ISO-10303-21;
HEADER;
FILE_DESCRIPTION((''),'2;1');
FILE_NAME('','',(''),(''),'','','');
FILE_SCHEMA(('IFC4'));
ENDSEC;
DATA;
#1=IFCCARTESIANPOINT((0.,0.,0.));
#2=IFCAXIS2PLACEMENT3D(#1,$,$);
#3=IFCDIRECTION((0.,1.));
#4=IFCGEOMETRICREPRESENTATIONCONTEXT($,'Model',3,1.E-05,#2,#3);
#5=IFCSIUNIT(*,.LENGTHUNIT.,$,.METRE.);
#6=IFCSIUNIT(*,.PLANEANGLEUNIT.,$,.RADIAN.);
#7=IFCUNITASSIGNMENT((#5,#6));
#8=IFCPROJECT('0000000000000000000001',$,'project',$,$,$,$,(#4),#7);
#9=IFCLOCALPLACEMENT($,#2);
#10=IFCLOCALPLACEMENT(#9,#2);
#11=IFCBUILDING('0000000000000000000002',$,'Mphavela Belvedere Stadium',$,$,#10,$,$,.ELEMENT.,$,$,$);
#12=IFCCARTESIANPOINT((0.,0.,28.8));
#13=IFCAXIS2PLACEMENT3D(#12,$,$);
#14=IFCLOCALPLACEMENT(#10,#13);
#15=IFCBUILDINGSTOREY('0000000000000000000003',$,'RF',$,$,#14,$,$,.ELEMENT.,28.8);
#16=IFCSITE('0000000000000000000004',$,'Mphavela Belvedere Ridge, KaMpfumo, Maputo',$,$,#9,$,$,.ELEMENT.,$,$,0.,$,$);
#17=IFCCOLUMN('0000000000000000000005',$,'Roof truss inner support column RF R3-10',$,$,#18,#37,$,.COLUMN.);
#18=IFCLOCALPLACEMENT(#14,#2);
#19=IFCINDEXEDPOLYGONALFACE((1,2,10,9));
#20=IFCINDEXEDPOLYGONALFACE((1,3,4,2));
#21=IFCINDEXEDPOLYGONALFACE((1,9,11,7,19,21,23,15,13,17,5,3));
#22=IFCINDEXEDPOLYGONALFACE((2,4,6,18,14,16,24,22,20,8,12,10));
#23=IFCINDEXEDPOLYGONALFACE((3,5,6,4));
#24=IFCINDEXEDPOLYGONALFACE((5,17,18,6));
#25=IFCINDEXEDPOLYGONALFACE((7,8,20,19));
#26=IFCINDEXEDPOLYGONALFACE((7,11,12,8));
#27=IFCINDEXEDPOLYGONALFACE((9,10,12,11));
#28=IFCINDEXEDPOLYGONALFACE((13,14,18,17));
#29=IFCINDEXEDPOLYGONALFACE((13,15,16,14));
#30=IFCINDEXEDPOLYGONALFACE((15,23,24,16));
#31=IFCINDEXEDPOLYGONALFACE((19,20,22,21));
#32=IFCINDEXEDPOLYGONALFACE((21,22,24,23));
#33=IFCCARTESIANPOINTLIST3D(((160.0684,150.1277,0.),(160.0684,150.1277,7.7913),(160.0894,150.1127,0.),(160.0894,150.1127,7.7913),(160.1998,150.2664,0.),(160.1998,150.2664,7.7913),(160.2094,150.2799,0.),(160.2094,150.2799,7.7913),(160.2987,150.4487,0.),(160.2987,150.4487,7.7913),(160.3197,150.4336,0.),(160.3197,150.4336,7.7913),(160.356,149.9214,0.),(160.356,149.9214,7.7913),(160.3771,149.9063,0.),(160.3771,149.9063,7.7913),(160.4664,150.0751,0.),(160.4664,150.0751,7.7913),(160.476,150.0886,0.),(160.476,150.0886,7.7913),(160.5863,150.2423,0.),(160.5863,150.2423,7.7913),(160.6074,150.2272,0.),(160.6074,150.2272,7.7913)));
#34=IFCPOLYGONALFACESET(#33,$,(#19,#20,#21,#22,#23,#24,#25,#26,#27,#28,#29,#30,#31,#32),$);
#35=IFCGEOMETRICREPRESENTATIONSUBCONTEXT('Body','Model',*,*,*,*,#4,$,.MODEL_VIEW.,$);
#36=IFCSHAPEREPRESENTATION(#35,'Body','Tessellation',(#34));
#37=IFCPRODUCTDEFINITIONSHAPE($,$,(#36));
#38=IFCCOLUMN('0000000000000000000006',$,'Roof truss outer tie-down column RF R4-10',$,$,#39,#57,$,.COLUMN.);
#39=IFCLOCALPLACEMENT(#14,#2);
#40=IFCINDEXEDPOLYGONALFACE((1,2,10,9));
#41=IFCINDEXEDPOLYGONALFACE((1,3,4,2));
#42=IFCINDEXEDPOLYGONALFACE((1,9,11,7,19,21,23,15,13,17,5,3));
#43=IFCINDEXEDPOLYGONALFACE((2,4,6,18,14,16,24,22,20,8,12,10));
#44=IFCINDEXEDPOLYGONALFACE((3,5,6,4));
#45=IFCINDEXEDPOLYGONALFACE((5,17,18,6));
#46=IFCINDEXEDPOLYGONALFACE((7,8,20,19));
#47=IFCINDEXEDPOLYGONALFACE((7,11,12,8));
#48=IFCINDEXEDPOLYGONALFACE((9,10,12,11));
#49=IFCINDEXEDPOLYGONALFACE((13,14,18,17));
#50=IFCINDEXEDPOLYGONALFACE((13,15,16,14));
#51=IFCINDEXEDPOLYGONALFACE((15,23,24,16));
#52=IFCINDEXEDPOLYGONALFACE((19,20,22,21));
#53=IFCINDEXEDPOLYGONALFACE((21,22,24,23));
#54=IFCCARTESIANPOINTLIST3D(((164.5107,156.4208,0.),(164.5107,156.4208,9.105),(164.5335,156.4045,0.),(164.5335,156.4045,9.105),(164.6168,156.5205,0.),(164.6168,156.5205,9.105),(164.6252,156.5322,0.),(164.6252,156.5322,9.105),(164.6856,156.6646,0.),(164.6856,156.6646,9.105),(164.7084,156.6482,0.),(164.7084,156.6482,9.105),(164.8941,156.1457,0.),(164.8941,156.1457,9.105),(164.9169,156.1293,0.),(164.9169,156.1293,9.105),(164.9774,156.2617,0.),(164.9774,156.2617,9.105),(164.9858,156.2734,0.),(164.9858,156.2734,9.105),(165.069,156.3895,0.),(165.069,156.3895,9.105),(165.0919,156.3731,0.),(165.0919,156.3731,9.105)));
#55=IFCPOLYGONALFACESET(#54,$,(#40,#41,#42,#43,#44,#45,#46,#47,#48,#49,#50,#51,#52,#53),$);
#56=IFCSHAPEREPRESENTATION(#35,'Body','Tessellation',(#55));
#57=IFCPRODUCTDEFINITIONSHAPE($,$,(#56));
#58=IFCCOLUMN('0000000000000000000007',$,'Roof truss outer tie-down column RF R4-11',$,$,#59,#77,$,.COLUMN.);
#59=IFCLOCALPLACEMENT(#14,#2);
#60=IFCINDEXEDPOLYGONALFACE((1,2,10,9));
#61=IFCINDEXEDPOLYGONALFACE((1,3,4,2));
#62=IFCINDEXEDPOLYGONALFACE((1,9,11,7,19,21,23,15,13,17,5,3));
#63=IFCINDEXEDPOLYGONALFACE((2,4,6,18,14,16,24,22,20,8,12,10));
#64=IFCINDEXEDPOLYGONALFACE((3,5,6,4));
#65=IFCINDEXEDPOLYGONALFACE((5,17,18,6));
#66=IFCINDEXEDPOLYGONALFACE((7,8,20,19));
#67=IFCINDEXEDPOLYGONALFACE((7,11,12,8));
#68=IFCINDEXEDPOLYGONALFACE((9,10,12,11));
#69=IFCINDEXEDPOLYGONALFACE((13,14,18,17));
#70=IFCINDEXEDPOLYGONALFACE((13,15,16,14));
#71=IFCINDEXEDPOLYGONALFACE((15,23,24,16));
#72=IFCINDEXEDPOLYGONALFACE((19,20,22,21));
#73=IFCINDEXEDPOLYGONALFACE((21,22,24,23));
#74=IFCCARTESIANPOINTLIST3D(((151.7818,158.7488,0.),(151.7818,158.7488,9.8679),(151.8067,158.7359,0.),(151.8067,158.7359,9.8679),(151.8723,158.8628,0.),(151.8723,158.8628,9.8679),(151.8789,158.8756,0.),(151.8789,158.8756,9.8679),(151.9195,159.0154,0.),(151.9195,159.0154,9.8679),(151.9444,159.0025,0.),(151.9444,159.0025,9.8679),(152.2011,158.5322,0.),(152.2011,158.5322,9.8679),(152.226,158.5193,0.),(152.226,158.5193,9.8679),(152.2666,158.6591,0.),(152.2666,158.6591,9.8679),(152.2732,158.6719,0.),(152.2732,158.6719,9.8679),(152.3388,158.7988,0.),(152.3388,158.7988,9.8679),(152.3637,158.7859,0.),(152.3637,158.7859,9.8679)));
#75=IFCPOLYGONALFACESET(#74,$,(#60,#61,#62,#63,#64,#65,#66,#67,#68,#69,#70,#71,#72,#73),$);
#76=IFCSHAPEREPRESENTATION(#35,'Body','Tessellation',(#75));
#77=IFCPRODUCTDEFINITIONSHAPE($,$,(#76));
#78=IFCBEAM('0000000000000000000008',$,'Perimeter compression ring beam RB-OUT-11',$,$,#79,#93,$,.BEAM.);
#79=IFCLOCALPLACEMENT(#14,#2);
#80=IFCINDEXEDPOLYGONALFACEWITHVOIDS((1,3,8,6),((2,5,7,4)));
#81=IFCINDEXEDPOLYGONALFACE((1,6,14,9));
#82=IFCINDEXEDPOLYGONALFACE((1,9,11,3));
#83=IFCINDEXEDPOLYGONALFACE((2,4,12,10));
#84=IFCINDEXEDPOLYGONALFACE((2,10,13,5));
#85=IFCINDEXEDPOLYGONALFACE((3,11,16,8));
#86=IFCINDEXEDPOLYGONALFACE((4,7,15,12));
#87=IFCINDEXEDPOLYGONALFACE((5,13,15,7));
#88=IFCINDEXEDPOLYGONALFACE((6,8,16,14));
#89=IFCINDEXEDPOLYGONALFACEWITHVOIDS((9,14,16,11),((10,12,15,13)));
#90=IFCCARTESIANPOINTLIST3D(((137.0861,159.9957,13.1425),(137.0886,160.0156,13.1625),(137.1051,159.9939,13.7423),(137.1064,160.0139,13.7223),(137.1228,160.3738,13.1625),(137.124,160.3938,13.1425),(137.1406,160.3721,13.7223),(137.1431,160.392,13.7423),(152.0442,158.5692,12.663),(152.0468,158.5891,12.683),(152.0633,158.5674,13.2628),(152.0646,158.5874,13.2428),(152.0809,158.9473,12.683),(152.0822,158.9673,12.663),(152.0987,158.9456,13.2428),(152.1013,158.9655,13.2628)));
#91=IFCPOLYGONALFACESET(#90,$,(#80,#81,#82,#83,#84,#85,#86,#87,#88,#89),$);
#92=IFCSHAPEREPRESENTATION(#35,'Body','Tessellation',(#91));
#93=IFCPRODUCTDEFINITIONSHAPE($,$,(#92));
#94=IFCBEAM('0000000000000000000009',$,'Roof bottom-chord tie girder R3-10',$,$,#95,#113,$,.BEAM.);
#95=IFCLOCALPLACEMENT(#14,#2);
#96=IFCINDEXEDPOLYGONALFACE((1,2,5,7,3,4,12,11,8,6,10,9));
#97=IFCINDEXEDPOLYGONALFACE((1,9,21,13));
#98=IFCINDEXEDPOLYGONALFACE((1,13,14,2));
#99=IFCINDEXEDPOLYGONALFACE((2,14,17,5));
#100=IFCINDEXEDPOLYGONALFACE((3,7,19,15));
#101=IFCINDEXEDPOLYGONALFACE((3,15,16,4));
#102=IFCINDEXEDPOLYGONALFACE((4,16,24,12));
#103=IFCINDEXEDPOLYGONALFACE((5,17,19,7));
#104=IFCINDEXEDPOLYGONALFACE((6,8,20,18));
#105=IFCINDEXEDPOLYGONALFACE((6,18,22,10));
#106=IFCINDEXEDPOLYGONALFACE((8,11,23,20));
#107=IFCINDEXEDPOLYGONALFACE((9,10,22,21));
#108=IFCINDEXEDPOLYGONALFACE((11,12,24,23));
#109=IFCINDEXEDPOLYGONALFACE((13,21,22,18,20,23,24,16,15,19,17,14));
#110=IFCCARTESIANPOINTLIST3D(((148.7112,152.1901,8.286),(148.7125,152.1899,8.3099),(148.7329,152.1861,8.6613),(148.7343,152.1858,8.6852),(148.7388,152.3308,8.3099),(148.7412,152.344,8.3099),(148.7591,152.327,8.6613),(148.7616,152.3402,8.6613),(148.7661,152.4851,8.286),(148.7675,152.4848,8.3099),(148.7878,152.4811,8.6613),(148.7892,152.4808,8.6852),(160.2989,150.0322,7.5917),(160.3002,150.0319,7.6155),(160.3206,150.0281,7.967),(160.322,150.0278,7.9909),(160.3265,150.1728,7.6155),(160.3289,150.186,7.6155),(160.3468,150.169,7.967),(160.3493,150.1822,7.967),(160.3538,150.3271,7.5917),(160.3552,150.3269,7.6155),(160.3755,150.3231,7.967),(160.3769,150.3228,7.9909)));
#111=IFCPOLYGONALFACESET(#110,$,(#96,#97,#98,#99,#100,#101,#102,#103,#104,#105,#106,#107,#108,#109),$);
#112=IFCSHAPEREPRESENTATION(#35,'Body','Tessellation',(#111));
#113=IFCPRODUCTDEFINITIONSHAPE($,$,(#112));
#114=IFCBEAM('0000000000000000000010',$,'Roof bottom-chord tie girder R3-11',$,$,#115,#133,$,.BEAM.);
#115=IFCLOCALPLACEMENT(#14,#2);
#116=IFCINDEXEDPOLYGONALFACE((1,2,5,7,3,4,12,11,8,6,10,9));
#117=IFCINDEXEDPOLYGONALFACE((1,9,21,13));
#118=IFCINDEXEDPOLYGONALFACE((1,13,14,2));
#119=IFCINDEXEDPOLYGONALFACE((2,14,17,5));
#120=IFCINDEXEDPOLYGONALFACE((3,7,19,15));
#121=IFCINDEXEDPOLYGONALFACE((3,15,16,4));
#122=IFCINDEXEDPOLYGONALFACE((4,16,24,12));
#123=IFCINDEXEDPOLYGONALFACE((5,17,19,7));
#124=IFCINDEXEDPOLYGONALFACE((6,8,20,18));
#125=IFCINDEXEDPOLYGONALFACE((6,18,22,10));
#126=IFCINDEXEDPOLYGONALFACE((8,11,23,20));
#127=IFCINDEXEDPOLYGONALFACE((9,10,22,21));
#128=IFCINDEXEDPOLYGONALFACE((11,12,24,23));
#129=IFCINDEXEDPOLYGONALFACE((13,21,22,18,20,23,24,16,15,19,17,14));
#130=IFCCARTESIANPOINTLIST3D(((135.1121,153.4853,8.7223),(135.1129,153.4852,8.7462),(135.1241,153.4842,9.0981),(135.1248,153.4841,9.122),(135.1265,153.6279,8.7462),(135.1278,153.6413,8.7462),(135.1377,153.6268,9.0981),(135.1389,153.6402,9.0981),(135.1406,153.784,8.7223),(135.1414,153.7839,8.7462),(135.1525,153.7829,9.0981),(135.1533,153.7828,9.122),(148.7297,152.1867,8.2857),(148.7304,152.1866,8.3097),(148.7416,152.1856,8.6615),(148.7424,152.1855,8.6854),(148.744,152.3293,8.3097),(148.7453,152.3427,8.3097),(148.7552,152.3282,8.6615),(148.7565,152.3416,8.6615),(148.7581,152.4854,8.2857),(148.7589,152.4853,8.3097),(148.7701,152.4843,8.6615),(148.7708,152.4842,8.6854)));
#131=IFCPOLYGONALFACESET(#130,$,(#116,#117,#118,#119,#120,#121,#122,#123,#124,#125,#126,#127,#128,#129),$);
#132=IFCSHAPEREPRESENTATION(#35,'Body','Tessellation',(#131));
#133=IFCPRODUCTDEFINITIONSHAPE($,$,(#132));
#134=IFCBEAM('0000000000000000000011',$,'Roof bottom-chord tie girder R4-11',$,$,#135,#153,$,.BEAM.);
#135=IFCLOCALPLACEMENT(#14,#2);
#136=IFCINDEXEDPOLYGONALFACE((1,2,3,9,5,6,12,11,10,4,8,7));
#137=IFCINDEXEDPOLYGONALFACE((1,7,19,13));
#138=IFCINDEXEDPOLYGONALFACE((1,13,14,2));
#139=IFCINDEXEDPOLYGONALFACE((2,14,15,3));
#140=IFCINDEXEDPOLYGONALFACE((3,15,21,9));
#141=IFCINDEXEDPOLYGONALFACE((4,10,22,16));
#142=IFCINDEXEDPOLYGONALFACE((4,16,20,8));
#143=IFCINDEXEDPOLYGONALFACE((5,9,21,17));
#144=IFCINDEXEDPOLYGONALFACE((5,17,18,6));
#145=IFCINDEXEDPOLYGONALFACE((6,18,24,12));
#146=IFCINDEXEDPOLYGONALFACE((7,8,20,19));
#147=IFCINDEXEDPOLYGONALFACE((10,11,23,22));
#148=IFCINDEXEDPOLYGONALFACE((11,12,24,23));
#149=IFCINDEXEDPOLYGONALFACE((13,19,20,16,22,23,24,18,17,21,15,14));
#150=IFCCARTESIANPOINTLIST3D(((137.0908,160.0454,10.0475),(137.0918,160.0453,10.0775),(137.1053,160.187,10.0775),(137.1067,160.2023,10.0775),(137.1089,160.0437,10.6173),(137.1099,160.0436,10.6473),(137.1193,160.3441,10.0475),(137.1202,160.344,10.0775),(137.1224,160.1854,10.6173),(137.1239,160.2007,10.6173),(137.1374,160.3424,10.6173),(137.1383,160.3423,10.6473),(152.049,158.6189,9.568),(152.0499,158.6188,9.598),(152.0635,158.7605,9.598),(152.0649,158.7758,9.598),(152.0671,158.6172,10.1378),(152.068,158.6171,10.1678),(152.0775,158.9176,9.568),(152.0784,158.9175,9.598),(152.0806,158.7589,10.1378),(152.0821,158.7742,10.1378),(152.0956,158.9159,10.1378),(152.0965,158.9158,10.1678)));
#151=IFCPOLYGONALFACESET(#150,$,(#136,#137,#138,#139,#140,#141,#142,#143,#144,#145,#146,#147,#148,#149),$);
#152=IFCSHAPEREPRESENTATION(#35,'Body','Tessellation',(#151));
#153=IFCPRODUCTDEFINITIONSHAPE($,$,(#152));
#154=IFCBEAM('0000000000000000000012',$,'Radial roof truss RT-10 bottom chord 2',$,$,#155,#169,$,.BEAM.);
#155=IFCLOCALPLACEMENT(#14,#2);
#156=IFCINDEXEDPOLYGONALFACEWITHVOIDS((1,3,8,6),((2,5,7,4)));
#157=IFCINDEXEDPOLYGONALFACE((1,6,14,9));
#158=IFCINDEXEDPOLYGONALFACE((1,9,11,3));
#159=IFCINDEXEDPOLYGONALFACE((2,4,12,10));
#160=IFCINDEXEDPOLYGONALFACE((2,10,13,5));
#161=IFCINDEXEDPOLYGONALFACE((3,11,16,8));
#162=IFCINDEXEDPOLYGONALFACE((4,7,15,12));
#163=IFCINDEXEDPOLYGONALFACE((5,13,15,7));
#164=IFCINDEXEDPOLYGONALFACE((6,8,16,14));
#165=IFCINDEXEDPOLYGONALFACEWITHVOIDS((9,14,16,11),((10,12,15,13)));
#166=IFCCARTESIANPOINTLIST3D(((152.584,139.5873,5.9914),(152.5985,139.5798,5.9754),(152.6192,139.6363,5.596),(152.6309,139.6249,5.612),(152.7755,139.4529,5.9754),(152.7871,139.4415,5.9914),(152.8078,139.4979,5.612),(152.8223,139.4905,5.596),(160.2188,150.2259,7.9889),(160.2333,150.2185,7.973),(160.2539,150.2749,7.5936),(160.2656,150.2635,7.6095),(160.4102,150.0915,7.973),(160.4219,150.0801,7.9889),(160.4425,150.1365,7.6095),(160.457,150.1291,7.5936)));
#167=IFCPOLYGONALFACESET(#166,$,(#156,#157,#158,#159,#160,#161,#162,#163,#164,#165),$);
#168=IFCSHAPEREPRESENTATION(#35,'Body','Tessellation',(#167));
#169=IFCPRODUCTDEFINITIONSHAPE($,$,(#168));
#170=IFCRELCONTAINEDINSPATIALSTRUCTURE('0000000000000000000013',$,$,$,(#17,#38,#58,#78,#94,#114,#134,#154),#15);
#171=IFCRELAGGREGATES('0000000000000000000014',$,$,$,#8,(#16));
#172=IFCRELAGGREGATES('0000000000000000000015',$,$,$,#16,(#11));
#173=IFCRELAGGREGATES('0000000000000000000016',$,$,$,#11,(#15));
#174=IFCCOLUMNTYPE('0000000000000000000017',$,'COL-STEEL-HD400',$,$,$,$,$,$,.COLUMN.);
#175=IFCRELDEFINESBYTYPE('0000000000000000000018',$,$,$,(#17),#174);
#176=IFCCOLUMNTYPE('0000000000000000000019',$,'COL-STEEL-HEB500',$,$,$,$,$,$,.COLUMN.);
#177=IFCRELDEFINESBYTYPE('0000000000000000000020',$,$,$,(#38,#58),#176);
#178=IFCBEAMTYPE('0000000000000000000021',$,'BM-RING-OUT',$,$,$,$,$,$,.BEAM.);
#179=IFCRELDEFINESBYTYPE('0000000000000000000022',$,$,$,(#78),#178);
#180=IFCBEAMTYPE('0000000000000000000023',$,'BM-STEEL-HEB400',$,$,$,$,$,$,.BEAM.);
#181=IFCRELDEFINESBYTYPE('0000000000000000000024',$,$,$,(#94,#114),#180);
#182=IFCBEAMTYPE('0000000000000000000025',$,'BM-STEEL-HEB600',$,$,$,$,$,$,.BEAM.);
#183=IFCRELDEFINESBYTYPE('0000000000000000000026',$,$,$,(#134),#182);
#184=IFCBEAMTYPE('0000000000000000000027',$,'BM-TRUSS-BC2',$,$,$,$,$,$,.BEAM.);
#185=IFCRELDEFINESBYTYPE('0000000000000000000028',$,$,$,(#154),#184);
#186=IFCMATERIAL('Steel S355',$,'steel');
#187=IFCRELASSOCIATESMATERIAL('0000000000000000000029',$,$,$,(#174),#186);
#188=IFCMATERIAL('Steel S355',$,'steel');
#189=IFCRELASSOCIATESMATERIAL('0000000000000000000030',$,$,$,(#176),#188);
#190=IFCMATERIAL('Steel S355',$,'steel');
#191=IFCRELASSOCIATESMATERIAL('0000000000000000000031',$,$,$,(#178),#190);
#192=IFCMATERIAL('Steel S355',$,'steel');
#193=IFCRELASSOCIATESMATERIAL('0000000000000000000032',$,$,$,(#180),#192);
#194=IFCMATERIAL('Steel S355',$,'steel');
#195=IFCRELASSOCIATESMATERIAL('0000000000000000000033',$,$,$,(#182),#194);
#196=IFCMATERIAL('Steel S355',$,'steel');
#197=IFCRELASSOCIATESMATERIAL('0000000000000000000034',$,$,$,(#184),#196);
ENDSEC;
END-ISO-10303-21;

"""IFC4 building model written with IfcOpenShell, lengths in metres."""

from ifc_helpers import new_model, si_unit, direction, frame, origin, origin_2d, place, context, subcontext, project, spatial, hollow_rectangle, i_section, extrude, material, material_profile, profile_set, type_object, element, save


model = new_model("IFC4")

# Units and contexts
model_context = context("Model", 3, precision=1e-05, world=origin(), true_north=direction((0.0, 1.0)))
body_context = subcontext(model_context, "Body", "Model", "MODEL_VIEW")
ifc_project = project(units=[si_unit("LENGTHUNIT", "METRE"), si_unit("PLANEANGLEUNIT", "RADIAN")], contexts=[model_context])

# Site, building, storey
site_placement = place(None, origin())
site = spatial("IfcSite", under=ifc_project, at=site_placement, Name="Mphavela Belvedere Ridge, KaMpfumo, Maputo", CompositionType="ELEMENT", RefElevation=0.0)
building_placement = place(site_placement, origin())
building = spatial("IfcBuilding", under=site, at=building_placement, Name="Mphavela Belvedere Stadium", CompositionType="ELEMENT")
storey_placement = place(building_placement, frame((0.0, 0.0, 28.8)))
storey = spatial("IfcBuildingStorey", under=building, at=storey_placement, Name="RF", CompositionType="ELEMENT", Elevation=28.8)

# Columns
ifc_material_1 = material(Name="Steel S355", Category="steel")
ifc_material_profile_1 = material_profile(ifc_material_1, i_section(OverallWidth=0.395, OverallDepth=0.3799, WebThickness=0.0166, FlangeThickness=0.0259, at=origin_2d()), Name="HD 400x237")
ifc_profile_set_1 = profile_set([ifc_material_profile_1], Name="Steel S355")
column_type_1 = type_object("IfcColumnType", Name="COL-STEEL-HD400", PredefinedType="COLUMN", material=ifc_profile_set_1)
column_1_placement = place(storey_placement, frame((160.3379, 150.1775, 0.0), z_axis=(0.0, 0.0, 1.0), x_axis=(0.582974, 0.812491, 0.0)))
element("IfcColumn", 1, at=column_1_placement, inside=storey, type_object=column_type_1, Name="Roof truss inner support column RF R3-10", PredefinedType="COLUMN", context=body_context, shape_type="SweptSolid", body=[
    extrude(i_section(OverallWidth=0.395, OverallDepth=0.3799, WebThickness=0.0166, FlangeThickness=0.0259, at=origin_2d()), origin(), (0.0, 0.0, 1.0), 7.7913),
])
ifc_material_2 = material(Name="Steel S355", Category="steel")
ifc_material_profile_2 = material_profile(ifc_material_2, i_section(OverallWidth=0.3, OverallDepth=0.5, WebThickness=0.0144, FlangeThickness=0.0281, at=origin_2d()), Name="HEB 500")
ifc_profile_set_2 = profile_set([ifc_material_profile_2], Name="Steel S355")
column_type_2 = type_object("IfcColumnType", Name="COL-STEEL-HEB500", PredefinedType="COLUMN", material=ifc_profile_set_2)
column_2_placement = place(storey_placement, frame((164.8013, 156.397, 0.0), z_axis=(0.0, 0.0, 1.0), x_axis=(0.582974, 0.812491, 0.0)))
element("IfcColumn", 2, at=column_2_placement, inside=storey, type_object=column_type_2, Name="Roof truss outer tie-down column RF R4-10", PredefinedType="COLUMN", context=body_context, shape_type="SweptSolid", body=[
    extrude(i_section(OverallWidth=0.3, OverallDepth=0.5, WebThickness=0.0144, FlangeThickness=0.0281, at=origin_2d()), origin(), (0.0, 0.0, 1.0), 9.105),
])
column_3_placement = place(storey_placement, frame((152.0728, 158.7673, 0.0), z_axis=(0.0, 0.0, 1.0), x_axis=(0.45896, 0.888457, 0.0)))
element("IfcColumn", 3, at=column_3_placement, inside=storey, type_object=column_type_2, Name="Roof truss outer tie-down column RF R4-11", PredefinedType="COLUMN", context=body_context, shape_type="SweptSolid", body=[
    extrude(i_section(OverallWidth=0.3, OverallDepth=0.5, WebThickness=0.0144, FlangeThickness=0.0281, at=origin_2d()), origin(), (0.0, 0.0, 1.0), 9.8679),
])

# Beams
ifc_material_3 = material(Name="Steel S355", Category="steel")
ifc_material_profile_3 = material_profile(ifc_material_3, hollow_rectangle(XDim=0.3999, YDim=0.6001, WallThickness=0.02, at=origin_2d()), Name="RHS 600x400x20")
ifc_profile_set_3 = profile_set([ifc_material_profile_3], Name="Steel S355")
beam_type_1 = type_object("IfcBeamType", Name="BM-RING-OUT", PredefinedType="BEAM", material=ifc_profile_set_3)
beam_1_placement = place(storey_placement, frame((152.0728, 158.7673, 12.9629), z_axis=(-0.994977, 0.094887, 0.031894), x_axis=(-0.094936, -0.995483, 0.0)))
element("IfcBeam", 4, at=beam_1_placement, inside=storey, type_object=beam_type_1, Name="Perimeter compression ring beam RB-OUT-11", PredefinedType="BEAM", context=body_context, shape_type="SweptSolid", body=[
    extrude(hollow_rectangle(XDim=0.3999, YDim=0.6001, WallThickness=0.02, at=origin_2d()), origin(), (0.0, 0.0, 1.0), 15.0337),
])
ifc_material_4 = material(Name="Steel S355", Category="steel")
ifc_material_profile_4 = material_profile(ifc_material_4, i_section(OverallWidth=0.3, OverallDepth=0.3999, WebThickness=0.0134, FlangeThickness=0.0239, at=origin_2d()), Name="HEB 400")
ifc_profile_set_4 = profile_set([ifc_material_profile_4], Name="Steel S355")
beam_type_2 = type_object("IfcBeamType", Name="BM-STEEL-HEB400", PredefinedType="BEAM", material=ifc_profile_set_4)
beam_2_placement = place(storey_placement, frame((160.3379, 150.1775, 7.7913), z_axis=(-0.981396, 0.182765, 0.058806), x_axis=(-0.183082, -0.983098, 0.0)))
element("IfcBeam", 5, at=beam_2_placement, inside=storey, type_object=beam_type_2, Name="Roof bottom-chord tie girder R3-10", PredefinedType="BEAM", context=body_context, shape_type="SweptSolid", body=[
    extrude(i_section(OverallWidth=0.3, OverallDepth=0.3999, WebThickness=0.0134, FlangeThickness=0.0239, at=origin_2d()), origin(), (0.0, 0.0, 1.0), 11.8074),
])
beam_3_placement = place(storey_placement, frame((148.7502, 152.3354, 8.4856), z_axis=(-0.994977, 0.094883, 0.031895), x_axis=(-0.094931, -0.995484, 0.0)))
element("IfcBeam", 6, at=beam_3_placement, inside=storey, type_object=beam_type_2, Name="Roof bottom-chord tie girder R3-11", PredefinedType="BEAM", context=body_context, shape_type="SweptSolid", body=[
    extrude(i_section(OverallWidth=0.3, OverallDepth=0.3999, WebThickness=0.0134, FlangeThickness=0.0239, at=origin_2d()), origin(), (0.0, 0.0, 1.0), 13.6863),
])
ifc_material_5 = material(Name="Steel S355", Category="steel")
ifc_material_profile_5 = material_profile(ifc_material_5, i_section(OverallWidth=0.3, OverallDepth=0.6001, WebThickness=0.0154, FlangeThickness=0.03, at=origin_2d()), Name="HEB 600")
ifc_profile_set_5 = profile_set([ifc_material_profile_5], Name="Steel S355")
beam_type_3 = type_object("IfcBeamType", Name="BM-STEEL-HEB600", PredefinedType="BEAM", material=ifc_profile_set_5)
beam_4_placement = place(storey_placement, frame((152.0728, 158.7673, 9.8679), z_axis=(-0.994977, 0.094887, 0.031894), x_axis=(-0.094936, -0.995483, 0.0)))
element("IfcBeam", 7, at=beam_4_placement, inside=storey, type_object=beam_type_3, Name="Roof bottom-chord tie girder R4-11", PredefinedType="BEAM", context=body_context, shape_type="SweptSolid", body=[
    extrude(i_section(OverallWidth=0.3, OverallDepth=0.6001, WebThickness=0.0154, FlangeThickness=0.03, at=origin_2d()), origin(), (0.0, 0.0, 1.0), 15.0337),
])
ifc_material_6 = material(Name="Steel S355", Category="steel")
ifc_material_profile_6 = material_profile(ifc_material_6, hollow_rectangle(XDim=0.25, YDim=0.3999, WallThickness=0.0161, at=origin_2d()), Name="RHS 400x250x16")
ifc_profile_set_6 = profile_set([ifc_material_profile_6], Name="Steel S355")
beam_type_4 = type_object("IfcBeamType", Name="BM-TRUSS-BC2", PredefinedType="BEAM", material=ifc_profile_set_6)
beam_5_placement = place(storey_placement, frame((160.3379, 150.1775, 7.7913), z_axis=(-0.576375, -0.80315, -0.150803), x_axis=(0.812441, -0.583043, 0.0)))
element("IfcBeam", 8, at=beam_5_placement, inside=storey, type_object=beam_type_4, Name="Radial roof truss RT-10 bottom chord 2", PredefinedType="BEAM", context=body_context, shape_type="SweptSolid", body=[
    extrude(hollow_rectangle(XDim=0.25, YDim=0.3999, WallThickness=0.0161, at=origin_2d()), origin(), (0.0, 0.0, 1.0), 13.2461),
])

save(model, "model.ifc")
